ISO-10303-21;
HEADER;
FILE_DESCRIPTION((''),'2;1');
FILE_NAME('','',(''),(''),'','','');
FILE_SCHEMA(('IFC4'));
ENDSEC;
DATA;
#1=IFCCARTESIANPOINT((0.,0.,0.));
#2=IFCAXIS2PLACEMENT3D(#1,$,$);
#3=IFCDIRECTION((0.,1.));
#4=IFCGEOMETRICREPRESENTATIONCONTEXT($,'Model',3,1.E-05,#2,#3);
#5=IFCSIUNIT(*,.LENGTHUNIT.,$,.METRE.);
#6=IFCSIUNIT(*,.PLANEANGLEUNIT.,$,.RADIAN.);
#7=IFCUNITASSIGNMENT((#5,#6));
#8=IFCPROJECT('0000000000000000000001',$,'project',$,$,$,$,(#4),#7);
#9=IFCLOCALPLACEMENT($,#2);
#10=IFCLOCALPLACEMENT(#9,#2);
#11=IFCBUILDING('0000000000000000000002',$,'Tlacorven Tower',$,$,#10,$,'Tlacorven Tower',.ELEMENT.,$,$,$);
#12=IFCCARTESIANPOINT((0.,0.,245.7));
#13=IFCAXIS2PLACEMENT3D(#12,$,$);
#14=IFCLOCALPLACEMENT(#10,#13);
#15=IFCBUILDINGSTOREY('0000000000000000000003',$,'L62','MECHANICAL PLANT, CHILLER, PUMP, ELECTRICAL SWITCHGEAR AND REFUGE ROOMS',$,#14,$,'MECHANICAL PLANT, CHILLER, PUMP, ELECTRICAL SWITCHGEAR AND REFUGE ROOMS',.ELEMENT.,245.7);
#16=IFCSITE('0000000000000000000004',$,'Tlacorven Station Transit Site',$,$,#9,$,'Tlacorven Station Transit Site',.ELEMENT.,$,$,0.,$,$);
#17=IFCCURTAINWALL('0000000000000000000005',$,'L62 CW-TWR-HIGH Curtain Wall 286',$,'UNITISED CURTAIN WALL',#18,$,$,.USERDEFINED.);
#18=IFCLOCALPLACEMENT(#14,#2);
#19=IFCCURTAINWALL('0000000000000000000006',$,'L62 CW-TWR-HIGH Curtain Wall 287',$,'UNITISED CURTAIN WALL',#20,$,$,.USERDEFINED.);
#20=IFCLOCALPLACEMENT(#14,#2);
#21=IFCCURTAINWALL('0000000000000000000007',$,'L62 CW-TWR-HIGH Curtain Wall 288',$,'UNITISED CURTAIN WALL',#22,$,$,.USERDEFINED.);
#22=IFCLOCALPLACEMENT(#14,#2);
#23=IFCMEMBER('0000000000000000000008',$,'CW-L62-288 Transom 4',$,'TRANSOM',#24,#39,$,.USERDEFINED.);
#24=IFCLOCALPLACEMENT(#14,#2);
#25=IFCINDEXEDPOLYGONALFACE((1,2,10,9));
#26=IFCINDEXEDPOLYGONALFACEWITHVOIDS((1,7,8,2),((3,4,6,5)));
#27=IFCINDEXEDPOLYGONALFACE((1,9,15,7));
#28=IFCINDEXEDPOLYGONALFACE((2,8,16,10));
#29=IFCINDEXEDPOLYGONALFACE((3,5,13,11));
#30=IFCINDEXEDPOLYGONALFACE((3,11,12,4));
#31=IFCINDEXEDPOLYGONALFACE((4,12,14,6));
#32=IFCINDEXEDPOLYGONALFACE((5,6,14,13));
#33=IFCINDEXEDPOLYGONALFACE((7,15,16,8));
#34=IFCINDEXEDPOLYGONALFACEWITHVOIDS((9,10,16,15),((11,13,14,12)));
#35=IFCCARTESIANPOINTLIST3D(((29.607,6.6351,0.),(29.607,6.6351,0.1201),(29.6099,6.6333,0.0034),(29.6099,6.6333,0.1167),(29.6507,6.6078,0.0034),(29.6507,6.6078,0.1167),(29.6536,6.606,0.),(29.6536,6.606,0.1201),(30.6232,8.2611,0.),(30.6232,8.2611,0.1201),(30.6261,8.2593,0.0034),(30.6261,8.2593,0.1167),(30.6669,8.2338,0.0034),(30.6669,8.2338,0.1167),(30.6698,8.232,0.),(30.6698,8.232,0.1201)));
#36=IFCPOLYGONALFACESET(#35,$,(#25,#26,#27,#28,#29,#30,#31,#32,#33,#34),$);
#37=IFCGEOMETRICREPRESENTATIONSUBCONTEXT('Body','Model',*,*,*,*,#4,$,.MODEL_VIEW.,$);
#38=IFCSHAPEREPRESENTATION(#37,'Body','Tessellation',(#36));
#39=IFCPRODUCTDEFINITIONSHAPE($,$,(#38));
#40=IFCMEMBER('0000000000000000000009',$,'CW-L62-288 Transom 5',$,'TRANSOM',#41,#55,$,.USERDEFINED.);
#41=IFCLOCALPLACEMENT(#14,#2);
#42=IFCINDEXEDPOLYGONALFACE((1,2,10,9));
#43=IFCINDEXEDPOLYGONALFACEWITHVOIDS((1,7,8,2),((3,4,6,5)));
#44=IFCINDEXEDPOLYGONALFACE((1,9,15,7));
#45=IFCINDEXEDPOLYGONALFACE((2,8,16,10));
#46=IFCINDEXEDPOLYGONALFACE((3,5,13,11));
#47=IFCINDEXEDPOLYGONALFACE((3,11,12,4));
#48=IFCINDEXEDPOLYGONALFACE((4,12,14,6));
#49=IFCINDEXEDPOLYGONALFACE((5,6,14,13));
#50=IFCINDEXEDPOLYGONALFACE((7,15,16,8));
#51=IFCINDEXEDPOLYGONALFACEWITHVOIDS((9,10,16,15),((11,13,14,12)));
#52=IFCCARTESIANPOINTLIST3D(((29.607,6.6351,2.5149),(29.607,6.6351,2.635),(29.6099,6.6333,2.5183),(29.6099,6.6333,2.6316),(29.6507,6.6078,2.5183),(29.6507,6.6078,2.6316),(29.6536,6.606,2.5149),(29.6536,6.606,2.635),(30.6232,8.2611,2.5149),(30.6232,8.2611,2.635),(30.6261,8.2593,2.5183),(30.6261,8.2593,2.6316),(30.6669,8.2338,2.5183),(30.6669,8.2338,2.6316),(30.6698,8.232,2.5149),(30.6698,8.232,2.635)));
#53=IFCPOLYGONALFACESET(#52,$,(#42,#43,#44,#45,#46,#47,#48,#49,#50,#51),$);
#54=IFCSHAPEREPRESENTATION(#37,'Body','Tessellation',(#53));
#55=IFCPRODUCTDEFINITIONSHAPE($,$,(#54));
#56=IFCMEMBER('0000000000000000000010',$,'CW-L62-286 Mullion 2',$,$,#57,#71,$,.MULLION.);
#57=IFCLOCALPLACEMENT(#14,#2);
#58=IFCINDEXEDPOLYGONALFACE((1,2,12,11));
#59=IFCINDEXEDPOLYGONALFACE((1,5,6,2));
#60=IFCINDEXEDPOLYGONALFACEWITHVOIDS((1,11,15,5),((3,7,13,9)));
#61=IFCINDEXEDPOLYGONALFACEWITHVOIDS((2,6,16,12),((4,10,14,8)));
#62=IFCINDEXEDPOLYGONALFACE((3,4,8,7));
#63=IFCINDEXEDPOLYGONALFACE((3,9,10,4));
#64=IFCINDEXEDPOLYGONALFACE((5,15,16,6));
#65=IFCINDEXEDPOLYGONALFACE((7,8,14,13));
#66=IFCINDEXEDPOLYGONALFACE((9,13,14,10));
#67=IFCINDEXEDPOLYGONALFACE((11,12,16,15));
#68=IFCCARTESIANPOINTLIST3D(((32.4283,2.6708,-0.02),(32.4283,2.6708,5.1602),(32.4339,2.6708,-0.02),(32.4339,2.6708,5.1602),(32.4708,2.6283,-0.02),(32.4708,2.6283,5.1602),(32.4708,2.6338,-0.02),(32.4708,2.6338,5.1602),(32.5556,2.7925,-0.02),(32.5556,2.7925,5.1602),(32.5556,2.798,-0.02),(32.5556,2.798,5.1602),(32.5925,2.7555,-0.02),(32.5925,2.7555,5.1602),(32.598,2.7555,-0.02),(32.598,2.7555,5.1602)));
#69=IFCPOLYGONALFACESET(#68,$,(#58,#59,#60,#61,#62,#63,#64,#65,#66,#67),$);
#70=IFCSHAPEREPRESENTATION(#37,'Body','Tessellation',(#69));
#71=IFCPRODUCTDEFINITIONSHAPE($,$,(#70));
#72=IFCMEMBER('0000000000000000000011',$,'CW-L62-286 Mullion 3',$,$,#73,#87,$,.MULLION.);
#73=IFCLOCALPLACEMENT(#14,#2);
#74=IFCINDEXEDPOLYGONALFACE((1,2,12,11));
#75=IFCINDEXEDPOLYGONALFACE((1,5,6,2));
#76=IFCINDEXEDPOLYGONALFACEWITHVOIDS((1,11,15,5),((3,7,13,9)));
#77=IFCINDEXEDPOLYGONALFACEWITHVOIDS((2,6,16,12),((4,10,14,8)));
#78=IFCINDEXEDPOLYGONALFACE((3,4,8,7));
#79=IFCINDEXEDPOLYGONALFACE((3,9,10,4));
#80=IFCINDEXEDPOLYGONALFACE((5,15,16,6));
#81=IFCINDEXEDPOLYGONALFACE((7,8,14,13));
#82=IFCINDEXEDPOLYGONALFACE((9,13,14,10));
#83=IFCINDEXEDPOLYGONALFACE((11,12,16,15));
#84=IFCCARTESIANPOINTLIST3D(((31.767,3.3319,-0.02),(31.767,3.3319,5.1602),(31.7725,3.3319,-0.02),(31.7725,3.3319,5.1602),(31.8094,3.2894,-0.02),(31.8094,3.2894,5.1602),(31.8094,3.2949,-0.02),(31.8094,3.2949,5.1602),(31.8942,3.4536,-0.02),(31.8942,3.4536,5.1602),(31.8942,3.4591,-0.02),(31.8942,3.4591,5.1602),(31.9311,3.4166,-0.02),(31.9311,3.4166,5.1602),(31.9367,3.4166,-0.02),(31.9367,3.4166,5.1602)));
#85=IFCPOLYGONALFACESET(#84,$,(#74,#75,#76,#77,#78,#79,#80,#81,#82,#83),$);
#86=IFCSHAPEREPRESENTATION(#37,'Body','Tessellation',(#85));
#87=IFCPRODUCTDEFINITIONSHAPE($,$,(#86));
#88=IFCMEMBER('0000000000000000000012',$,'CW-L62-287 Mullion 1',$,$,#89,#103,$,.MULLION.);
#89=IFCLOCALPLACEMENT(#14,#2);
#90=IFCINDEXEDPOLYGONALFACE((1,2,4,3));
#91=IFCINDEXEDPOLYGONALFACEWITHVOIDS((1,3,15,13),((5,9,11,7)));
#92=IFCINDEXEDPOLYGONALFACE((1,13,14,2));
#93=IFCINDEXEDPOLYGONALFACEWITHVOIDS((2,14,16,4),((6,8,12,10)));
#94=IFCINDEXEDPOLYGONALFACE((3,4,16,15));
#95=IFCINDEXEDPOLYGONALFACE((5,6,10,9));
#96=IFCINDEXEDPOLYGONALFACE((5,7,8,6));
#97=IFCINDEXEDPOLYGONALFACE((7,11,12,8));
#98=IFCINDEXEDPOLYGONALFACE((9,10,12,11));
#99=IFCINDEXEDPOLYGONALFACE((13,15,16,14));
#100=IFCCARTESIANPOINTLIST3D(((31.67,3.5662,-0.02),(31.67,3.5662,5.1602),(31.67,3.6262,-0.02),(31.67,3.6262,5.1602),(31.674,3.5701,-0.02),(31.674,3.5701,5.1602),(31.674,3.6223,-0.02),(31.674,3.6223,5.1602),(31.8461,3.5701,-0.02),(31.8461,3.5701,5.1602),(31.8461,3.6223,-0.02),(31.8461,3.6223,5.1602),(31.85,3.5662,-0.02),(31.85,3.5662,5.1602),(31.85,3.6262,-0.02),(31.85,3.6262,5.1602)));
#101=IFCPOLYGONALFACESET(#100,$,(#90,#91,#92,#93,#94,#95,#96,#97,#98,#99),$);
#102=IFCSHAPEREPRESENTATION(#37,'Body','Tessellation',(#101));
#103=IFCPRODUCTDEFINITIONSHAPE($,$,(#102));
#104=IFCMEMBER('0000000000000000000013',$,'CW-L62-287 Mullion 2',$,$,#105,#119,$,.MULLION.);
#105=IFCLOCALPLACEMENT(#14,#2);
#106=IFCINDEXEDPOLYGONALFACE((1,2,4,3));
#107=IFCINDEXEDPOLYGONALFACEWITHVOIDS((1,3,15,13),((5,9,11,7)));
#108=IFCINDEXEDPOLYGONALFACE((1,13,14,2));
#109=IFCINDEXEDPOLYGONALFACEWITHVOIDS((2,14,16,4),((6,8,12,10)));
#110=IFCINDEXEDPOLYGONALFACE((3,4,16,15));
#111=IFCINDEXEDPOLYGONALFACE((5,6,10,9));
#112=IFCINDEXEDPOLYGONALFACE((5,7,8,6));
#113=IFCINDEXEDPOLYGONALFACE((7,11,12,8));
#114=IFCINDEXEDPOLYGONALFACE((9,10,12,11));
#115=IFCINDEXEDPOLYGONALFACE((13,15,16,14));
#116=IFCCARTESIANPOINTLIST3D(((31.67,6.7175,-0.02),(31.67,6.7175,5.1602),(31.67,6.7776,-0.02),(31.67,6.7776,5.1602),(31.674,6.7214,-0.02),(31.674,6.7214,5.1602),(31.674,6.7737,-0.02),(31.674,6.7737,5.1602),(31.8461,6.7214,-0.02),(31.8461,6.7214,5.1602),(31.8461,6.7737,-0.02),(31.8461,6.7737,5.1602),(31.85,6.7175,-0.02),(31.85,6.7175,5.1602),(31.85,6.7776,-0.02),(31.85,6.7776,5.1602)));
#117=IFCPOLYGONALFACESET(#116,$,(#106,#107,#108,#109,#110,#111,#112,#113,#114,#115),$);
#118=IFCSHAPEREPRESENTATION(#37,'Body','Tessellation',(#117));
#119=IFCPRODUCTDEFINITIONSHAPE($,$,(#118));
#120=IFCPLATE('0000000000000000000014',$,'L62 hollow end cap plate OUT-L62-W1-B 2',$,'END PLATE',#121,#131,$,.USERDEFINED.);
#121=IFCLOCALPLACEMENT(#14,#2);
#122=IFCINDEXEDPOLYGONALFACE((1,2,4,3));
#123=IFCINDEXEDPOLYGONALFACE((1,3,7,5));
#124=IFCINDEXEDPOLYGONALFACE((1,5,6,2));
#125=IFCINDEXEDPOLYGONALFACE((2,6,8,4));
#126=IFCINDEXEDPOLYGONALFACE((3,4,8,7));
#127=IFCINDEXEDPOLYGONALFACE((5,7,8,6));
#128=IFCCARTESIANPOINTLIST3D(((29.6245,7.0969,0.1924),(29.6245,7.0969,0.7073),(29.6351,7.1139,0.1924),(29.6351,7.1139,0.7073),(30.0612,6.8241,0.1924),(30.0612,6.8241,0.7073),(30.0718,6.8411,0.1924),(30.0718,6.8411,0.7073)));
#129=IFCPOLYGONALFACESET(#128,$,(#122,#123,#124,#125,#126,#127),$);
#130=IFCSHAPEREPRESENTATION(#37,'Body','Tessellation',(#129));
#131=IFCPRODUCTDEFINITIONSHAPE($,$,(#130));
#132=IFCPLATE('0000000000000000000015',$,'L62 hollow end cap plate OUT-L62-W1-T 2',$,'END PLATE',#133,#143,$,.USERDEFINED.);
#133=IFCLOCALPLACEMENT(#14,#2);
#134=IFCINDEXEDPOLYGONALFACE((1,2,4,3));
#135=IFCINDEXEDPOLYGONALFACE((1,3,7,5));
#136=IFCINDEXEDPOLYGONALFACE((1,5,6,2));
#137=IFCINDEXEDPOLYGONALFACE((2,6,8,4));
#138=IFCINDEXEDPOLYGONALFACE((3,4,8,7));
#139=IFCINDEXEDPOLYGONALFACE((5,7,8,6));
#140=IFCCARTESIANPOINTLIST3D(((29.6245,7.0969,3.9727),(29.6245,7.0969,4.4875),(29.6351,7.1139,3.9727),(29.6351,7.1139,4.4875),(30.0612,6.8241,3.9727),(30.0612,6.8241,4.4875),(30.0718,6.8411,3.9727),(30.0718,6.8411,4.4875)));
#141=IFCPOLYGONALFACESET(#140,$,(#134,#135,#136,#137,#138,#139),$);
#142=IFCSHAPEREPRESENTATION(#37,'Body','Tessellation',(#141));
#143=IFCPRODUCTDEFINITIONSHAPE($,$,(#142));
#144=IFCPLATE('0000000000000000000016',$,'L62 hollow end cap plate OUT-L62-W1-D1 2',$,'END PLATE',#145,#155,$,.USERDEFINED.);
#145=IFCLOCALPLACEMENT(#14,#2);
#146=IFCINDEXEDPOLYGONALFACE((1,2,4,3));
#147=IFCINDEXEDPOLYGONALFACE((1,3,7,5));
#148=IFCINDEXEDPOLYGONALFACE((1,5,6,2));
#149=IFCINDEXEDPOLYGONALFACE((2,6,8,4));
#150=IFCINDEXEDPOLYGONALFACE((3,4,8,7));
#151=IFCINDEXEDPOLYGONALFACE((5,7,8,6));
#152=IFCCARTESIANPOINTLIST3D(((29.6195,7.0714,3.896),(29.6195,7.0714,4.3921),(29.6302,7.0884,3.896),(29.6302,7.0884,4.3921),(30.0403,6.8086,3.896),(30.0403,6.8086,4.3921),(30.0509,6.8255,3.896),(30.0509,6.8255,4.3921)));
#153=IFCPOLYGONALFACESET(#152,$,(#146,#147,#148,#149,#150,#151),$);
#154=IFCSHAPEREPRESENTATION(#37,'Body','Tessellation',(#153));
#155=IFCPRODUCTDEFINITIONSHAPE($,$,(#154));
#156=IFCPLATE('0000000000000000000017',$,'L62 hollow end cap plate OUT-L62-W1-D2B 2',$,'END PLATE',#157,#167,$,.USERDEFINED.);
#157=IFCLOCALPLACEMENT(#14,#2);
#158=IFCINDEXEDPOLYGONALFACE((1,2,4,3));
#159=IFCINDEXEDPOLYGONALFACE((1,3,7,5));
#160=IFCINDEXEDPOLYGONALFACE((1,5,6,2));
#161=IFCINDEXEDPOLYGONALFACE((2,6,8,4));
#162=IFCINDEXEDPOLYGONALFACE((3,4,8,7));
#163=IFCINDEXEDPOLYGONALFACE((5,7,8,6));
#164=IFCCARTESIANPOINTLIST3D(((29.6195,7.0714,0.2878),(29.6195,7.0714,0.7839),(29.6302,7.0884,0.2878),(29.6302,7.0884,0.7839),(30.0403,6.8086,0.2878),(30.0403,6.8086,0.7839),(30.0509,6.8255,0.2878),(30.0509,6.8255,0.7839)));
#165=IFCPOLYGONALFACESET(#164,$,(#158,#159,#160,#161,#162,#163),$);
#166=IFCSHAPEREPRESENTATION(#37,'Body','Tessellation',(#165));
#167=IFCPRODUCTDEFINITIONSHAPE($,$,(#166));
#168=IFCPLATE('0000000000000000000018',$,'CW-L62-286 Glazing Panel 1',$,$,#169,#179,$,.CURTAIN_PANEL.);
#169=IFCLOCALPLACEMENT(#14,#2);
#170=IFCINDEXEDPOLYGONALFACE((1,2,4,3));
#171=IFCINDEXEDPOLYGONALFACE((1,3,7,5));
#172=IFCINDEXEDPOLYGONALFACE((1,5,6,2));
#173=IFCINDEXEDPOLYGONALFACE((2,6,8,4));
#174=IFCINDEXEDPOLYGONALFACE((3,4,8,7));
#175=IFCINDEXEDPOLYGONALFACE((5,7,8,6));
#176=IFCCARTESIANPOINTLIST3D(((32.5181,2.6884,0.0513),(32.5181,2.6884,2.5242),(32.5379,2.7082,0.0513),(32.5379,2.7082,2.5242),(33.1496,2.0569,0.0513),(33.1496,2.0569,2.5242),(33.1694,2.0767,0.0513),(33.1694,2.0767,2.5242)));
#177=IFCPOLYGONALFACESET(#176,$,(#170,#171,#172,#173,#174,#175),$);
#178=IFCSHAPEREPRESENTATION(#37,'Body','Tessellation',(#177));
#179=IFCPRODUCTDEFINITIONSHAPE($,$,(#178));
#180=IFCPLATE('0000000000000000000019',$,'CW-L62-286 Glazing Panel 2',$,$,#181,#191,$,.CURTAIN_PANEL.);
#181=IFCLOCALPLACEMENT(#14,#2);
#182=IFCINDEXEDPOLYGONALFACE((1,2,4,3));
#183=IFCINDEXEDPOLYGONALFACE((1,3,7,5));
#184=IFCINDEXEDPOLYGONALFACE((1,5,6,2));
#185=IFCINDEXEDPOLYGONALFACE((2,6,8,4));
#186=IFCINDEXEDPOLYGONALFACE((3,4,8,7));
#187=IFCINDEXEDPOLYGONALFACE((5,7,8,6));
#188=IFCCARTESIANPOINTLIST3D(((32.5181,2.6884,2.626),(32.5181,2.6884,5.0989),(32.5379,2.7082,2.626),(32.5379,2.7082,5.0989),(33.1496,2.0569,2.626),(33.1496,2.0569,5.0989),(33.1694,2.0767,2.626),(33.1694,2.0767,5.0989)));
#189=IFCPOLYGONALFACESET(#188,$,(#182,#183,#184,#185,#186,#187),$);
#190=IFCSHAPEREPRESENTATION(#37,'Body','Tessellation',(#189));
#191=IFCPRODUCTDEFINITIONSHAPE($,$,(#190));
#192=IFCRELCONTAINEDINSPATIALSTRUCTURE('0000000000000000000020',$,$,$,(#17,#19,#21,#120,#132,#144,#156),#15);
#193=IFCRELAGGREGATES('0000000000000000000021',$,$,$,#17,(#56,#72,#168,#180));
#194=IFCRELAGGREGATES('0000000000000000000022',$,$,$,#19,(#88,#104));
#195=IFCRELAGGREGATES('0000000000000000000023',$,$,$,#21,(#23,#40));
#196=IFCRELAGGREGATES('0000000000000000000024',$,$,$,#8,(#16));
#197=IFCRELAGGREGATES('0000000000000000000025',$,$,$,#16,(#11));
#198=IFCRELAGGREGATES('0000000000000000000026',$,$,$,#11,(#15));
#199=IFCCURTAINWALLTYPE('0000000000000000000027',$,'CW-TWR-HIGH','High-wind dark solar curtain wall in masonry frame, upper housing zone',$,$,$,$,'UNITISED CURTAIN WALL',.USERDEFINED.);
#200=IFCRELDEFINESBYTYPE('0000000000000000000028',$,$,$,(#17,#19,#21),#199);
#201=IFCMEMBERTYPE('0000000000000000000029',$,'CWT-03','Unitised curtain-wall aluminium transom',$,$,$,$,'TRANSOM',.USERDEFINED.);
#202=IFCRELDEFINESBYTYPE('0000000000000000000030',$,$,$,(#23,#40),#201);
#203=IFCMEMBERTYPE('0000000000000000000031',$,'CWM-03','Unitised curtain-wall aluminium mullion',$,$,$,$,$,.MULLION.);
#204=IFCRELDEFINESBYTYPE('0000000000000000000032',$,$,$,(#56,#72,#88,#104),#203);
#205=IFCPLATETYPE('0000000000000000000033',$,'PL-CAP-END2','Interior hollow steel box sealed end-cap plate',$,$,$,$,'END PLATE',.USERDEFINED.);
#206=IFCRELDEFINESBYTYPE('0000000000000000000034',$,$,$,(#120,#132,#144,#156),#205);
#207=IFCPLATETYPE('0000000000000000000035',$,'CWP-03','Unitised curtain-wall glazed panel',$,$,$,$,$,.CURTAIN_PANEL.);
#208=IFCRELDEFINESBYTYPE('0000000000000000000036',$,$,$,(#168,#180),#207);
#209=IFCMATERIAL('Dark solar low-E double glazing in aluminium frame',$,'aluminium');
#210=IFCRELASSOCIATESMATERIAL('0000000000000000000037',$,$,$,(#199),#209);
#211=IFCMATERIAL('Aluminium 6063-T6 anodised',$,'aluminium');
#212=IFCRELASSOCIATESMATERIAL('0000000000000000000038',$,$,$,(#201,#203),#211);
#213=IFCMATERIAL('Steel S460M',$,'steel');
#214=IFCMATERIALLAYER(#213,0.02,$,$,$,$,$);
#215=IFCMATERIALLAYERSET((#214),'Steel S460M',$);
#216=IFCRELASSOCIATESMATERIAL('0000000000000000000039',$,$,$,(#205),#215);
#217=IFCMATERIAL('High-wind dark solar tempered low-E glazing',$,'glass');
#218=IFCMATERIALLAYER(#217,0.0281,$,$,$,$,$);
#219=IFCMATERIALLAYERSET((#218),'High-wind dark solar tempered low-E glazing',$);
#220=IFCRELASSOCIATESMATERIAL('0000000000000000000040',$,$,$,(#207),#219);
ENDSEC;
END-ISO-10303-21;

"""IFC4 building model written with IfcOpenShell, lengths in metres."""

from ifc_helpers import new_model, si_unit, direction, frame, origin, origin_2d, place, context, subcontext, project, spatial, rectangle, hollow_rectangle, extrude, source, transform, mapped, material, layer, layer_set, material_profile, profile_set, type_object, element, aggregate, save


model = new_model("IFC4")

# Units and contexts
model_context = context("Model", 3, precision=1e-05, world=origin(), true_north=direction((0.0, 1.0)))
body_context = subcontext(model_context, "Body", "Model", "MODEL_VIEW")
ifc_project = project(units=[si_unit("LENGTHUNIT", "METRE"), si_unit("PLANEANGLEUNIT", "RADIAN")], contexts=[model_context])

# Site, building, storey
site_placement = place(None, origin())
site = spatial("IfcSite", under=ifc_project, at=site_placement, Name="Tlacorven Station Transit Site", LongName="Tlacorven Station Transit Site", CompositionType="ELEMENT", RefElevation=0.0)
building_placement = place(site_placement, origin())
building = spatial("IfcBuilding", under=site, at=building_placement, Name="Tlacorven Tower", LongName="Tlacorven Tower", CompositionType="ELEMENT")
storey_placement = place(building_placement, frame((0.0, 0.0, 245.7)))
storey = spatial("IfcBuildingStorey", under=building, at=storey_placement, Name="L62", Description="MECHANICAL PLANT, CHILLER, PUMP, ELECTRICAL SWITCHGEAR AND REFUGE ROOMS", LongName="MECHANICAL PLANT, CHILLER, PUMP, ELECTRICAL SWITCHGEAR AND REFUGE ROOMS", CompositionType="ELEMENT", Elevation=245.7)

# Curtain walls, members
ifc_material_1 = material(Name="Dark solar low-E double glazing in aluminium frame", Category="aluminium")
curtain_wall_type = type_object("IfcCurtainWallType", Name="CW-TWR-HIGH", Description="High-wind dark solar curtain wall in masonry frame, upper housing zone", ElementType="UNITISED CURTAIN WALL", PredefinedType="USERDEFINED", material=ifc_material_1)
curtain_wall_1_placement = place(storey_placement, origin())
curtain_wall_1 = element("IfcCurtainWall", 1, at=curtain_wall_1_placement, inside=storey, type_object=curtain_wall_type, Name="L62 CW-TWR-HIGH Curtain Wall 286", ObjectType="UNITISED CURTAIN WALL", PredefinedType="USERDEFINED")
ifc_material_2 = material(Name="Aluminium 6063-T6 anodised", Category="aluminium")
ifc_material_profile_1 = material_profile(ifc_material_2, hollow_rectangle(XDim=0.0549, YDim=0.1201, WallThickness=0.0034, at=origin_2d()), Name="ALU TRANSOM 55X120")
ifc_profile_set_1 = profile_set([ifc_material_profile_1], Name="Aluminium 6063-T6 anodised")
member_type_1 = type_object("IfcMemberType", Name="CWT-03", Description="Unitised curtain-wall aluminium transom", ElementType="TRANSOM", PredefinedType="USERDEFINED", material=ifc_profile_set_1)
curtain_wall_2_placement = place(storey_placement, origin())
curtain_wall_2 = element("IfcCurtainWall", 2, at=curtain_wall_2_placement, inside=storey, type_object=curtain_wall_type, Name="L62 CW-TWR-HIGH Curtain Wall 287", ObjectType="UNITISED CURTAIN WALL", PredefinedType="USERDEFINED")
curtain_wall_3_placement = place(storey_placement, origin())
curtain_wall_3 = element("IfcCurtainWall", 3, at=curtain_wall_3_placement, inside=storey, type_object=curtain_wall_type, Name="L62 CW-TWR-HIGH Curtain Wall 288", ObjectType="UNITISED CURTAIN WALL", PredefinedType="USERDEFINED")
shared_shape_1 = source(origin(), body_context, "Body", "SweptSolid", [
    extrude(hollow_rectangle(XDim=0.0549, YDim=0.1201, WallThickness=0.0034, at=origin_2d()), origin(), (0.0, 0.0, 1.0), 1.9175),
])
member_1_placement = place(storey_placement, frame((30.6465, 8.2466, 0.0601), z_axis=(-0.529953, -0.848027, 0.0), x_axis=(0.848027, -0.529953, 0.0)))
member_1 = element("IfcMember", 4, at=member_1_placement, type_object=member_type_1, Name="CW-L62-288 Transom 4", ObjectType="TRANSOM", PredefinedType="USERDEFINED", context=body_context, shape_type="MappedRepresentation", body=[
    mapped(shared_shape_1, transform((0.0, 0.0, 0.0), scale=1.0)),
])
member_2_placement = place(storey_placement, frame((30.6465, 8.2466, 2.575), z_axis=(-0.529953, -0.848027, 0.0), x_axis=(0.848027, -0.529953, 0.0)))
member_2 = element("IfcMember", 5, at=member_2_placement, type_object=member_type_1, Name="CW-L62-288 Transom 5", ObjectType="TRANSOM", PredefinedType="USERDEFINED", context=body_context, shape_type="MappedRepresentation", body=[
    mapped(shared_shape_1, transform((0.0, 0.0, 0.0), scale=1.0)),
])

# Members
ifc_material_profile_2 = material_profile(ifc_material_2, hollow_rectangle(XDim=0.0601, YDim=0.1799, WallThickness=0.0039, at=origin_2d()), Name="ALU MULLION 60X180")
ifc_profile_set_2 = profile_set([ifc_material_profile_2], Name="Aluminium 6063-T6 anodised")
member_type_2 = type_object("IfcMemberType", Name="CWM-03", Description="Unitised curtain-wall aluminium mullion", PredefinedType="MULLION", material=ifc_profile_set_2)
shared_shape_2 = source(origin(), body_context, "Body", "SweptSolid", [
    extrude(hollow_rectangle(XDim=0.0601, YDim=0.1799, WallThickness=0.0039, at=origin_2d()), origin(), (0.0, 0.0, 1.0), 5.1802),
])
member_3_placement = place(storey_placement, frame((32.5132, 2.7131, -0.02), z_axis=(0.0, 0.0, 1.0), x_axis=(-0.707107, 0.707107, 0.0)))
member_3 = element("IfcMember", 6, at=member_3_placement, type_object=member_type_2, Name="CW-L62-286 Mullion 2", PredefinedType="MULLION", context=body_context, shape_type="MappedRepresentation", body=[
    mapped(shared_shape_2, transform((0.0, 0.0, 0.0), scale=1.0)),
])
member_4_placement = place(storey_placement, frame((31.8518, 3.3743, -0.02), z_axis=(0.0, 0.0, 1.0), x_axis=(-0.707107, 0.707107, 0.0)))
member_4 = element("IfcMember", 7, at=member_4_placement, type_object=member_type_2, Name="CW-L62-286 Mullion 3", PredefinedType="MULLION", context=body_context, shape_type="MappedRepresentation", body=[
    mapped(shared_shape_2, transform((0.0, 0.0, 0.0), scale=1.0)),
])
member_5_placement = place(storey_placement, frame((31.76, 3.5962, -0.02), z_axis=(0.0, 0.0, 1.0), x_axis=(0.0, 1.0, 0.0)))
member_5 = element("IfcMember", 8, at=member_5_placement, type_object=member_type_2, Name="CW-L62-287 Mullion 1", PredefinedType="MULLION", context=body_context, shape_type="MappedRepresentation", body=[
    mapped(shared_shape_2, transform((0.0, 0.0, 0.0), scale=1.0)),
])
member_6_placement = place(storey_placement, frame((31.76, 6.7476, -0.02), z_axis=(0.0, 0.0, 1.0), x_axis=(0.0, 1.0, 0.0)))
member_6 = element("IfcMember", 9, at=member_6_placement, type_object=member_type_2, Name="CW-L62-287 Mullion 2", PredefinedType="MULLION", context=body_context, shape_type="MappedRepresentation", body=[
    mapped(shared_shape_2, transform((0.0, 0.0, 0.0), scale=1.0)),
])

# Plates
ifc_material_3 = material(Name="Steel S460M", Category="steel")
ifc_layer_1 = layer(ifc_material_3, 0.02)
ifc_layer_set_1 = layer_set([ifc_layer_1], Name="Steel S460M")
plate_type_1 = type_object("IfcPlateType", Name="PL-CAP-END2", Description="Interior hollow steel box sealed end-cap plate", ElementType="END PLATE", PredefinedType="USERDEFINED", material=ifc_layer_set_1)
shared_shape_3 = source(origin(), body_context, "Body", "SweptSolid", [
    extrude(rectangle(XDim=0.02, YDim=0.5149, at=origin_2d()), origin(), (0.0, 0.0, 1.0), 0.5149),
])
for number, where, z_axis, x_axis, name in (
    (10, (29.8481, 6.969, 0.1924), (0.0, 0.0, 1.0), (-0.529919, -0.848048, 0.0), "L62 hollow end cap plate OUT-L62-W1-B 2"),
    (11, (29.8481, 6.969, 3.9727), (0.0, 0.0, 1.0), (-0.529919, -0.848048, 0.0), "L62 hollow end cap plate OUT-L62-W1-T 2"),
):
    element("IfcPlate", number, at=place(storey_placement, frame(where, z_axis=z_axis, x_axis=x_axis)), inside=storey, type_object=plate_type_1, Name=name, ObjectType="END PLATE", PredefinedType="USERDEFINED", context=body_context, shape_type="MappedRepresentation", body=[
        mapped(shared_shape_3, transform((0.0, 0.0, 0.0), scale=1.0)),
    ])
shared_shape_4 = source(origin(), body_context, "Body", "SweptSolid", [
    extrude(rectangle(XDim=0.02, YDim=0.4961, at=origin_2d()), origin(), (0.0, 0.0, 1.0), 0.4961),
])
for number, where, z_axis, x_axis, name in (
    (12, (29.8352, 6.9485, 3.896), (0.0, 0.0, 1.0), (-0.529919, -0.848048, 0.0), "L62 hollow end cap plate OUT-L62-W1-D1 2"),
    (13, (29.8352, 6.9485, 0.2878), (0.0, 0.0, 1.0), (-0.52992, -0.848048, 0.0), "L62 hollow end cap plate OUT-L62-W1-D2B 2"),
):
    element("IfcPlate", number, at=place(storey_placement, frame(where, z_axis=z_axis, x_axis=x_axis)), inside=storey, type_object=plate_type_1, Name=name, ObjectType="END PLATE", PredefinedType="USERDEFINED", context=body_context, shape_type="MappedRepresentation", body=[
        mapped(shared_shape_4, transform((0.0, 0.0, 0.0), scale=1.0)),
    ])

# Plates
ifc_material_4 = material(Name="High-wind dark solar tempered low-E glazing", Category="glass")
ifc_layer_2 = layer(ifc_material_4, 0.0281)
ifc_layer_set_2 = layer_set([ifc_layer_2], Name="High-wind dark solar tempered low-E glazing")
plate_type_2 = type_object("IfcPlateType", Name="CWP-03", Description="Unitised curtain-wall glazed panel", PredefinedType="CURTAIN_PANEL", material=ifc_layer_set_2)
shared_shape_5 = source(origin(), body_context, "Body", "SweptSolid", [
    extrude(rectangle(XDim=0.8931, YDim=0.0281, at=origin_2d()), origin(), (0.0, 0.0, 1.0), 2.4729),
])
plate_1_placement = place(storey_placement, frame((32.8438, 2.3826, 0.0513), z_axis=(0.0, 0.0, 1.0), x_axis=(-0.707107, 0.707107, 0.0)))
plate_1 = element("IfcPlate", 14, at=plate_1_placement, type_object=plate_type_2, Name="CW-L62-286 Glazing Panel 1", PredefinedType="CURTAIN_PANEL", context=body_context, shape_type="MappedRepresentation", body=[
    mapped(shared_shape_5, transform((0.0, 0.0, 0.0), scale=1.0)),
])
plate_2_placement = place(storey_placement, frame((32.8438, 2.3826, 2.626), z_axis=(0.0, 0.0, 1.0), x_axis=(-0.707107, 0.707107, 0.0)))
plate_2 = element("IfcPlate", 15, at=plate_2_placement, type_object=plate_type_2, Name="CW-L62-286 Glazing Panel 2", PredefinedType="CURTAIN_PANEL", context=body_context, shape_type="MappedRepresentation", body=[
    mapped(shared_shape_5, transform((0.0, 0.0, 0.0), scale=1.0)),
])
aggregate(curtain_wall_1, [member_3, member_4, plate_1, plate_2])
aggregate(curtain_wall_2, [member_5, member_6])
aggregate(curtain_wall_3, [member_1, member_2])

save(model, "model.ifc")
